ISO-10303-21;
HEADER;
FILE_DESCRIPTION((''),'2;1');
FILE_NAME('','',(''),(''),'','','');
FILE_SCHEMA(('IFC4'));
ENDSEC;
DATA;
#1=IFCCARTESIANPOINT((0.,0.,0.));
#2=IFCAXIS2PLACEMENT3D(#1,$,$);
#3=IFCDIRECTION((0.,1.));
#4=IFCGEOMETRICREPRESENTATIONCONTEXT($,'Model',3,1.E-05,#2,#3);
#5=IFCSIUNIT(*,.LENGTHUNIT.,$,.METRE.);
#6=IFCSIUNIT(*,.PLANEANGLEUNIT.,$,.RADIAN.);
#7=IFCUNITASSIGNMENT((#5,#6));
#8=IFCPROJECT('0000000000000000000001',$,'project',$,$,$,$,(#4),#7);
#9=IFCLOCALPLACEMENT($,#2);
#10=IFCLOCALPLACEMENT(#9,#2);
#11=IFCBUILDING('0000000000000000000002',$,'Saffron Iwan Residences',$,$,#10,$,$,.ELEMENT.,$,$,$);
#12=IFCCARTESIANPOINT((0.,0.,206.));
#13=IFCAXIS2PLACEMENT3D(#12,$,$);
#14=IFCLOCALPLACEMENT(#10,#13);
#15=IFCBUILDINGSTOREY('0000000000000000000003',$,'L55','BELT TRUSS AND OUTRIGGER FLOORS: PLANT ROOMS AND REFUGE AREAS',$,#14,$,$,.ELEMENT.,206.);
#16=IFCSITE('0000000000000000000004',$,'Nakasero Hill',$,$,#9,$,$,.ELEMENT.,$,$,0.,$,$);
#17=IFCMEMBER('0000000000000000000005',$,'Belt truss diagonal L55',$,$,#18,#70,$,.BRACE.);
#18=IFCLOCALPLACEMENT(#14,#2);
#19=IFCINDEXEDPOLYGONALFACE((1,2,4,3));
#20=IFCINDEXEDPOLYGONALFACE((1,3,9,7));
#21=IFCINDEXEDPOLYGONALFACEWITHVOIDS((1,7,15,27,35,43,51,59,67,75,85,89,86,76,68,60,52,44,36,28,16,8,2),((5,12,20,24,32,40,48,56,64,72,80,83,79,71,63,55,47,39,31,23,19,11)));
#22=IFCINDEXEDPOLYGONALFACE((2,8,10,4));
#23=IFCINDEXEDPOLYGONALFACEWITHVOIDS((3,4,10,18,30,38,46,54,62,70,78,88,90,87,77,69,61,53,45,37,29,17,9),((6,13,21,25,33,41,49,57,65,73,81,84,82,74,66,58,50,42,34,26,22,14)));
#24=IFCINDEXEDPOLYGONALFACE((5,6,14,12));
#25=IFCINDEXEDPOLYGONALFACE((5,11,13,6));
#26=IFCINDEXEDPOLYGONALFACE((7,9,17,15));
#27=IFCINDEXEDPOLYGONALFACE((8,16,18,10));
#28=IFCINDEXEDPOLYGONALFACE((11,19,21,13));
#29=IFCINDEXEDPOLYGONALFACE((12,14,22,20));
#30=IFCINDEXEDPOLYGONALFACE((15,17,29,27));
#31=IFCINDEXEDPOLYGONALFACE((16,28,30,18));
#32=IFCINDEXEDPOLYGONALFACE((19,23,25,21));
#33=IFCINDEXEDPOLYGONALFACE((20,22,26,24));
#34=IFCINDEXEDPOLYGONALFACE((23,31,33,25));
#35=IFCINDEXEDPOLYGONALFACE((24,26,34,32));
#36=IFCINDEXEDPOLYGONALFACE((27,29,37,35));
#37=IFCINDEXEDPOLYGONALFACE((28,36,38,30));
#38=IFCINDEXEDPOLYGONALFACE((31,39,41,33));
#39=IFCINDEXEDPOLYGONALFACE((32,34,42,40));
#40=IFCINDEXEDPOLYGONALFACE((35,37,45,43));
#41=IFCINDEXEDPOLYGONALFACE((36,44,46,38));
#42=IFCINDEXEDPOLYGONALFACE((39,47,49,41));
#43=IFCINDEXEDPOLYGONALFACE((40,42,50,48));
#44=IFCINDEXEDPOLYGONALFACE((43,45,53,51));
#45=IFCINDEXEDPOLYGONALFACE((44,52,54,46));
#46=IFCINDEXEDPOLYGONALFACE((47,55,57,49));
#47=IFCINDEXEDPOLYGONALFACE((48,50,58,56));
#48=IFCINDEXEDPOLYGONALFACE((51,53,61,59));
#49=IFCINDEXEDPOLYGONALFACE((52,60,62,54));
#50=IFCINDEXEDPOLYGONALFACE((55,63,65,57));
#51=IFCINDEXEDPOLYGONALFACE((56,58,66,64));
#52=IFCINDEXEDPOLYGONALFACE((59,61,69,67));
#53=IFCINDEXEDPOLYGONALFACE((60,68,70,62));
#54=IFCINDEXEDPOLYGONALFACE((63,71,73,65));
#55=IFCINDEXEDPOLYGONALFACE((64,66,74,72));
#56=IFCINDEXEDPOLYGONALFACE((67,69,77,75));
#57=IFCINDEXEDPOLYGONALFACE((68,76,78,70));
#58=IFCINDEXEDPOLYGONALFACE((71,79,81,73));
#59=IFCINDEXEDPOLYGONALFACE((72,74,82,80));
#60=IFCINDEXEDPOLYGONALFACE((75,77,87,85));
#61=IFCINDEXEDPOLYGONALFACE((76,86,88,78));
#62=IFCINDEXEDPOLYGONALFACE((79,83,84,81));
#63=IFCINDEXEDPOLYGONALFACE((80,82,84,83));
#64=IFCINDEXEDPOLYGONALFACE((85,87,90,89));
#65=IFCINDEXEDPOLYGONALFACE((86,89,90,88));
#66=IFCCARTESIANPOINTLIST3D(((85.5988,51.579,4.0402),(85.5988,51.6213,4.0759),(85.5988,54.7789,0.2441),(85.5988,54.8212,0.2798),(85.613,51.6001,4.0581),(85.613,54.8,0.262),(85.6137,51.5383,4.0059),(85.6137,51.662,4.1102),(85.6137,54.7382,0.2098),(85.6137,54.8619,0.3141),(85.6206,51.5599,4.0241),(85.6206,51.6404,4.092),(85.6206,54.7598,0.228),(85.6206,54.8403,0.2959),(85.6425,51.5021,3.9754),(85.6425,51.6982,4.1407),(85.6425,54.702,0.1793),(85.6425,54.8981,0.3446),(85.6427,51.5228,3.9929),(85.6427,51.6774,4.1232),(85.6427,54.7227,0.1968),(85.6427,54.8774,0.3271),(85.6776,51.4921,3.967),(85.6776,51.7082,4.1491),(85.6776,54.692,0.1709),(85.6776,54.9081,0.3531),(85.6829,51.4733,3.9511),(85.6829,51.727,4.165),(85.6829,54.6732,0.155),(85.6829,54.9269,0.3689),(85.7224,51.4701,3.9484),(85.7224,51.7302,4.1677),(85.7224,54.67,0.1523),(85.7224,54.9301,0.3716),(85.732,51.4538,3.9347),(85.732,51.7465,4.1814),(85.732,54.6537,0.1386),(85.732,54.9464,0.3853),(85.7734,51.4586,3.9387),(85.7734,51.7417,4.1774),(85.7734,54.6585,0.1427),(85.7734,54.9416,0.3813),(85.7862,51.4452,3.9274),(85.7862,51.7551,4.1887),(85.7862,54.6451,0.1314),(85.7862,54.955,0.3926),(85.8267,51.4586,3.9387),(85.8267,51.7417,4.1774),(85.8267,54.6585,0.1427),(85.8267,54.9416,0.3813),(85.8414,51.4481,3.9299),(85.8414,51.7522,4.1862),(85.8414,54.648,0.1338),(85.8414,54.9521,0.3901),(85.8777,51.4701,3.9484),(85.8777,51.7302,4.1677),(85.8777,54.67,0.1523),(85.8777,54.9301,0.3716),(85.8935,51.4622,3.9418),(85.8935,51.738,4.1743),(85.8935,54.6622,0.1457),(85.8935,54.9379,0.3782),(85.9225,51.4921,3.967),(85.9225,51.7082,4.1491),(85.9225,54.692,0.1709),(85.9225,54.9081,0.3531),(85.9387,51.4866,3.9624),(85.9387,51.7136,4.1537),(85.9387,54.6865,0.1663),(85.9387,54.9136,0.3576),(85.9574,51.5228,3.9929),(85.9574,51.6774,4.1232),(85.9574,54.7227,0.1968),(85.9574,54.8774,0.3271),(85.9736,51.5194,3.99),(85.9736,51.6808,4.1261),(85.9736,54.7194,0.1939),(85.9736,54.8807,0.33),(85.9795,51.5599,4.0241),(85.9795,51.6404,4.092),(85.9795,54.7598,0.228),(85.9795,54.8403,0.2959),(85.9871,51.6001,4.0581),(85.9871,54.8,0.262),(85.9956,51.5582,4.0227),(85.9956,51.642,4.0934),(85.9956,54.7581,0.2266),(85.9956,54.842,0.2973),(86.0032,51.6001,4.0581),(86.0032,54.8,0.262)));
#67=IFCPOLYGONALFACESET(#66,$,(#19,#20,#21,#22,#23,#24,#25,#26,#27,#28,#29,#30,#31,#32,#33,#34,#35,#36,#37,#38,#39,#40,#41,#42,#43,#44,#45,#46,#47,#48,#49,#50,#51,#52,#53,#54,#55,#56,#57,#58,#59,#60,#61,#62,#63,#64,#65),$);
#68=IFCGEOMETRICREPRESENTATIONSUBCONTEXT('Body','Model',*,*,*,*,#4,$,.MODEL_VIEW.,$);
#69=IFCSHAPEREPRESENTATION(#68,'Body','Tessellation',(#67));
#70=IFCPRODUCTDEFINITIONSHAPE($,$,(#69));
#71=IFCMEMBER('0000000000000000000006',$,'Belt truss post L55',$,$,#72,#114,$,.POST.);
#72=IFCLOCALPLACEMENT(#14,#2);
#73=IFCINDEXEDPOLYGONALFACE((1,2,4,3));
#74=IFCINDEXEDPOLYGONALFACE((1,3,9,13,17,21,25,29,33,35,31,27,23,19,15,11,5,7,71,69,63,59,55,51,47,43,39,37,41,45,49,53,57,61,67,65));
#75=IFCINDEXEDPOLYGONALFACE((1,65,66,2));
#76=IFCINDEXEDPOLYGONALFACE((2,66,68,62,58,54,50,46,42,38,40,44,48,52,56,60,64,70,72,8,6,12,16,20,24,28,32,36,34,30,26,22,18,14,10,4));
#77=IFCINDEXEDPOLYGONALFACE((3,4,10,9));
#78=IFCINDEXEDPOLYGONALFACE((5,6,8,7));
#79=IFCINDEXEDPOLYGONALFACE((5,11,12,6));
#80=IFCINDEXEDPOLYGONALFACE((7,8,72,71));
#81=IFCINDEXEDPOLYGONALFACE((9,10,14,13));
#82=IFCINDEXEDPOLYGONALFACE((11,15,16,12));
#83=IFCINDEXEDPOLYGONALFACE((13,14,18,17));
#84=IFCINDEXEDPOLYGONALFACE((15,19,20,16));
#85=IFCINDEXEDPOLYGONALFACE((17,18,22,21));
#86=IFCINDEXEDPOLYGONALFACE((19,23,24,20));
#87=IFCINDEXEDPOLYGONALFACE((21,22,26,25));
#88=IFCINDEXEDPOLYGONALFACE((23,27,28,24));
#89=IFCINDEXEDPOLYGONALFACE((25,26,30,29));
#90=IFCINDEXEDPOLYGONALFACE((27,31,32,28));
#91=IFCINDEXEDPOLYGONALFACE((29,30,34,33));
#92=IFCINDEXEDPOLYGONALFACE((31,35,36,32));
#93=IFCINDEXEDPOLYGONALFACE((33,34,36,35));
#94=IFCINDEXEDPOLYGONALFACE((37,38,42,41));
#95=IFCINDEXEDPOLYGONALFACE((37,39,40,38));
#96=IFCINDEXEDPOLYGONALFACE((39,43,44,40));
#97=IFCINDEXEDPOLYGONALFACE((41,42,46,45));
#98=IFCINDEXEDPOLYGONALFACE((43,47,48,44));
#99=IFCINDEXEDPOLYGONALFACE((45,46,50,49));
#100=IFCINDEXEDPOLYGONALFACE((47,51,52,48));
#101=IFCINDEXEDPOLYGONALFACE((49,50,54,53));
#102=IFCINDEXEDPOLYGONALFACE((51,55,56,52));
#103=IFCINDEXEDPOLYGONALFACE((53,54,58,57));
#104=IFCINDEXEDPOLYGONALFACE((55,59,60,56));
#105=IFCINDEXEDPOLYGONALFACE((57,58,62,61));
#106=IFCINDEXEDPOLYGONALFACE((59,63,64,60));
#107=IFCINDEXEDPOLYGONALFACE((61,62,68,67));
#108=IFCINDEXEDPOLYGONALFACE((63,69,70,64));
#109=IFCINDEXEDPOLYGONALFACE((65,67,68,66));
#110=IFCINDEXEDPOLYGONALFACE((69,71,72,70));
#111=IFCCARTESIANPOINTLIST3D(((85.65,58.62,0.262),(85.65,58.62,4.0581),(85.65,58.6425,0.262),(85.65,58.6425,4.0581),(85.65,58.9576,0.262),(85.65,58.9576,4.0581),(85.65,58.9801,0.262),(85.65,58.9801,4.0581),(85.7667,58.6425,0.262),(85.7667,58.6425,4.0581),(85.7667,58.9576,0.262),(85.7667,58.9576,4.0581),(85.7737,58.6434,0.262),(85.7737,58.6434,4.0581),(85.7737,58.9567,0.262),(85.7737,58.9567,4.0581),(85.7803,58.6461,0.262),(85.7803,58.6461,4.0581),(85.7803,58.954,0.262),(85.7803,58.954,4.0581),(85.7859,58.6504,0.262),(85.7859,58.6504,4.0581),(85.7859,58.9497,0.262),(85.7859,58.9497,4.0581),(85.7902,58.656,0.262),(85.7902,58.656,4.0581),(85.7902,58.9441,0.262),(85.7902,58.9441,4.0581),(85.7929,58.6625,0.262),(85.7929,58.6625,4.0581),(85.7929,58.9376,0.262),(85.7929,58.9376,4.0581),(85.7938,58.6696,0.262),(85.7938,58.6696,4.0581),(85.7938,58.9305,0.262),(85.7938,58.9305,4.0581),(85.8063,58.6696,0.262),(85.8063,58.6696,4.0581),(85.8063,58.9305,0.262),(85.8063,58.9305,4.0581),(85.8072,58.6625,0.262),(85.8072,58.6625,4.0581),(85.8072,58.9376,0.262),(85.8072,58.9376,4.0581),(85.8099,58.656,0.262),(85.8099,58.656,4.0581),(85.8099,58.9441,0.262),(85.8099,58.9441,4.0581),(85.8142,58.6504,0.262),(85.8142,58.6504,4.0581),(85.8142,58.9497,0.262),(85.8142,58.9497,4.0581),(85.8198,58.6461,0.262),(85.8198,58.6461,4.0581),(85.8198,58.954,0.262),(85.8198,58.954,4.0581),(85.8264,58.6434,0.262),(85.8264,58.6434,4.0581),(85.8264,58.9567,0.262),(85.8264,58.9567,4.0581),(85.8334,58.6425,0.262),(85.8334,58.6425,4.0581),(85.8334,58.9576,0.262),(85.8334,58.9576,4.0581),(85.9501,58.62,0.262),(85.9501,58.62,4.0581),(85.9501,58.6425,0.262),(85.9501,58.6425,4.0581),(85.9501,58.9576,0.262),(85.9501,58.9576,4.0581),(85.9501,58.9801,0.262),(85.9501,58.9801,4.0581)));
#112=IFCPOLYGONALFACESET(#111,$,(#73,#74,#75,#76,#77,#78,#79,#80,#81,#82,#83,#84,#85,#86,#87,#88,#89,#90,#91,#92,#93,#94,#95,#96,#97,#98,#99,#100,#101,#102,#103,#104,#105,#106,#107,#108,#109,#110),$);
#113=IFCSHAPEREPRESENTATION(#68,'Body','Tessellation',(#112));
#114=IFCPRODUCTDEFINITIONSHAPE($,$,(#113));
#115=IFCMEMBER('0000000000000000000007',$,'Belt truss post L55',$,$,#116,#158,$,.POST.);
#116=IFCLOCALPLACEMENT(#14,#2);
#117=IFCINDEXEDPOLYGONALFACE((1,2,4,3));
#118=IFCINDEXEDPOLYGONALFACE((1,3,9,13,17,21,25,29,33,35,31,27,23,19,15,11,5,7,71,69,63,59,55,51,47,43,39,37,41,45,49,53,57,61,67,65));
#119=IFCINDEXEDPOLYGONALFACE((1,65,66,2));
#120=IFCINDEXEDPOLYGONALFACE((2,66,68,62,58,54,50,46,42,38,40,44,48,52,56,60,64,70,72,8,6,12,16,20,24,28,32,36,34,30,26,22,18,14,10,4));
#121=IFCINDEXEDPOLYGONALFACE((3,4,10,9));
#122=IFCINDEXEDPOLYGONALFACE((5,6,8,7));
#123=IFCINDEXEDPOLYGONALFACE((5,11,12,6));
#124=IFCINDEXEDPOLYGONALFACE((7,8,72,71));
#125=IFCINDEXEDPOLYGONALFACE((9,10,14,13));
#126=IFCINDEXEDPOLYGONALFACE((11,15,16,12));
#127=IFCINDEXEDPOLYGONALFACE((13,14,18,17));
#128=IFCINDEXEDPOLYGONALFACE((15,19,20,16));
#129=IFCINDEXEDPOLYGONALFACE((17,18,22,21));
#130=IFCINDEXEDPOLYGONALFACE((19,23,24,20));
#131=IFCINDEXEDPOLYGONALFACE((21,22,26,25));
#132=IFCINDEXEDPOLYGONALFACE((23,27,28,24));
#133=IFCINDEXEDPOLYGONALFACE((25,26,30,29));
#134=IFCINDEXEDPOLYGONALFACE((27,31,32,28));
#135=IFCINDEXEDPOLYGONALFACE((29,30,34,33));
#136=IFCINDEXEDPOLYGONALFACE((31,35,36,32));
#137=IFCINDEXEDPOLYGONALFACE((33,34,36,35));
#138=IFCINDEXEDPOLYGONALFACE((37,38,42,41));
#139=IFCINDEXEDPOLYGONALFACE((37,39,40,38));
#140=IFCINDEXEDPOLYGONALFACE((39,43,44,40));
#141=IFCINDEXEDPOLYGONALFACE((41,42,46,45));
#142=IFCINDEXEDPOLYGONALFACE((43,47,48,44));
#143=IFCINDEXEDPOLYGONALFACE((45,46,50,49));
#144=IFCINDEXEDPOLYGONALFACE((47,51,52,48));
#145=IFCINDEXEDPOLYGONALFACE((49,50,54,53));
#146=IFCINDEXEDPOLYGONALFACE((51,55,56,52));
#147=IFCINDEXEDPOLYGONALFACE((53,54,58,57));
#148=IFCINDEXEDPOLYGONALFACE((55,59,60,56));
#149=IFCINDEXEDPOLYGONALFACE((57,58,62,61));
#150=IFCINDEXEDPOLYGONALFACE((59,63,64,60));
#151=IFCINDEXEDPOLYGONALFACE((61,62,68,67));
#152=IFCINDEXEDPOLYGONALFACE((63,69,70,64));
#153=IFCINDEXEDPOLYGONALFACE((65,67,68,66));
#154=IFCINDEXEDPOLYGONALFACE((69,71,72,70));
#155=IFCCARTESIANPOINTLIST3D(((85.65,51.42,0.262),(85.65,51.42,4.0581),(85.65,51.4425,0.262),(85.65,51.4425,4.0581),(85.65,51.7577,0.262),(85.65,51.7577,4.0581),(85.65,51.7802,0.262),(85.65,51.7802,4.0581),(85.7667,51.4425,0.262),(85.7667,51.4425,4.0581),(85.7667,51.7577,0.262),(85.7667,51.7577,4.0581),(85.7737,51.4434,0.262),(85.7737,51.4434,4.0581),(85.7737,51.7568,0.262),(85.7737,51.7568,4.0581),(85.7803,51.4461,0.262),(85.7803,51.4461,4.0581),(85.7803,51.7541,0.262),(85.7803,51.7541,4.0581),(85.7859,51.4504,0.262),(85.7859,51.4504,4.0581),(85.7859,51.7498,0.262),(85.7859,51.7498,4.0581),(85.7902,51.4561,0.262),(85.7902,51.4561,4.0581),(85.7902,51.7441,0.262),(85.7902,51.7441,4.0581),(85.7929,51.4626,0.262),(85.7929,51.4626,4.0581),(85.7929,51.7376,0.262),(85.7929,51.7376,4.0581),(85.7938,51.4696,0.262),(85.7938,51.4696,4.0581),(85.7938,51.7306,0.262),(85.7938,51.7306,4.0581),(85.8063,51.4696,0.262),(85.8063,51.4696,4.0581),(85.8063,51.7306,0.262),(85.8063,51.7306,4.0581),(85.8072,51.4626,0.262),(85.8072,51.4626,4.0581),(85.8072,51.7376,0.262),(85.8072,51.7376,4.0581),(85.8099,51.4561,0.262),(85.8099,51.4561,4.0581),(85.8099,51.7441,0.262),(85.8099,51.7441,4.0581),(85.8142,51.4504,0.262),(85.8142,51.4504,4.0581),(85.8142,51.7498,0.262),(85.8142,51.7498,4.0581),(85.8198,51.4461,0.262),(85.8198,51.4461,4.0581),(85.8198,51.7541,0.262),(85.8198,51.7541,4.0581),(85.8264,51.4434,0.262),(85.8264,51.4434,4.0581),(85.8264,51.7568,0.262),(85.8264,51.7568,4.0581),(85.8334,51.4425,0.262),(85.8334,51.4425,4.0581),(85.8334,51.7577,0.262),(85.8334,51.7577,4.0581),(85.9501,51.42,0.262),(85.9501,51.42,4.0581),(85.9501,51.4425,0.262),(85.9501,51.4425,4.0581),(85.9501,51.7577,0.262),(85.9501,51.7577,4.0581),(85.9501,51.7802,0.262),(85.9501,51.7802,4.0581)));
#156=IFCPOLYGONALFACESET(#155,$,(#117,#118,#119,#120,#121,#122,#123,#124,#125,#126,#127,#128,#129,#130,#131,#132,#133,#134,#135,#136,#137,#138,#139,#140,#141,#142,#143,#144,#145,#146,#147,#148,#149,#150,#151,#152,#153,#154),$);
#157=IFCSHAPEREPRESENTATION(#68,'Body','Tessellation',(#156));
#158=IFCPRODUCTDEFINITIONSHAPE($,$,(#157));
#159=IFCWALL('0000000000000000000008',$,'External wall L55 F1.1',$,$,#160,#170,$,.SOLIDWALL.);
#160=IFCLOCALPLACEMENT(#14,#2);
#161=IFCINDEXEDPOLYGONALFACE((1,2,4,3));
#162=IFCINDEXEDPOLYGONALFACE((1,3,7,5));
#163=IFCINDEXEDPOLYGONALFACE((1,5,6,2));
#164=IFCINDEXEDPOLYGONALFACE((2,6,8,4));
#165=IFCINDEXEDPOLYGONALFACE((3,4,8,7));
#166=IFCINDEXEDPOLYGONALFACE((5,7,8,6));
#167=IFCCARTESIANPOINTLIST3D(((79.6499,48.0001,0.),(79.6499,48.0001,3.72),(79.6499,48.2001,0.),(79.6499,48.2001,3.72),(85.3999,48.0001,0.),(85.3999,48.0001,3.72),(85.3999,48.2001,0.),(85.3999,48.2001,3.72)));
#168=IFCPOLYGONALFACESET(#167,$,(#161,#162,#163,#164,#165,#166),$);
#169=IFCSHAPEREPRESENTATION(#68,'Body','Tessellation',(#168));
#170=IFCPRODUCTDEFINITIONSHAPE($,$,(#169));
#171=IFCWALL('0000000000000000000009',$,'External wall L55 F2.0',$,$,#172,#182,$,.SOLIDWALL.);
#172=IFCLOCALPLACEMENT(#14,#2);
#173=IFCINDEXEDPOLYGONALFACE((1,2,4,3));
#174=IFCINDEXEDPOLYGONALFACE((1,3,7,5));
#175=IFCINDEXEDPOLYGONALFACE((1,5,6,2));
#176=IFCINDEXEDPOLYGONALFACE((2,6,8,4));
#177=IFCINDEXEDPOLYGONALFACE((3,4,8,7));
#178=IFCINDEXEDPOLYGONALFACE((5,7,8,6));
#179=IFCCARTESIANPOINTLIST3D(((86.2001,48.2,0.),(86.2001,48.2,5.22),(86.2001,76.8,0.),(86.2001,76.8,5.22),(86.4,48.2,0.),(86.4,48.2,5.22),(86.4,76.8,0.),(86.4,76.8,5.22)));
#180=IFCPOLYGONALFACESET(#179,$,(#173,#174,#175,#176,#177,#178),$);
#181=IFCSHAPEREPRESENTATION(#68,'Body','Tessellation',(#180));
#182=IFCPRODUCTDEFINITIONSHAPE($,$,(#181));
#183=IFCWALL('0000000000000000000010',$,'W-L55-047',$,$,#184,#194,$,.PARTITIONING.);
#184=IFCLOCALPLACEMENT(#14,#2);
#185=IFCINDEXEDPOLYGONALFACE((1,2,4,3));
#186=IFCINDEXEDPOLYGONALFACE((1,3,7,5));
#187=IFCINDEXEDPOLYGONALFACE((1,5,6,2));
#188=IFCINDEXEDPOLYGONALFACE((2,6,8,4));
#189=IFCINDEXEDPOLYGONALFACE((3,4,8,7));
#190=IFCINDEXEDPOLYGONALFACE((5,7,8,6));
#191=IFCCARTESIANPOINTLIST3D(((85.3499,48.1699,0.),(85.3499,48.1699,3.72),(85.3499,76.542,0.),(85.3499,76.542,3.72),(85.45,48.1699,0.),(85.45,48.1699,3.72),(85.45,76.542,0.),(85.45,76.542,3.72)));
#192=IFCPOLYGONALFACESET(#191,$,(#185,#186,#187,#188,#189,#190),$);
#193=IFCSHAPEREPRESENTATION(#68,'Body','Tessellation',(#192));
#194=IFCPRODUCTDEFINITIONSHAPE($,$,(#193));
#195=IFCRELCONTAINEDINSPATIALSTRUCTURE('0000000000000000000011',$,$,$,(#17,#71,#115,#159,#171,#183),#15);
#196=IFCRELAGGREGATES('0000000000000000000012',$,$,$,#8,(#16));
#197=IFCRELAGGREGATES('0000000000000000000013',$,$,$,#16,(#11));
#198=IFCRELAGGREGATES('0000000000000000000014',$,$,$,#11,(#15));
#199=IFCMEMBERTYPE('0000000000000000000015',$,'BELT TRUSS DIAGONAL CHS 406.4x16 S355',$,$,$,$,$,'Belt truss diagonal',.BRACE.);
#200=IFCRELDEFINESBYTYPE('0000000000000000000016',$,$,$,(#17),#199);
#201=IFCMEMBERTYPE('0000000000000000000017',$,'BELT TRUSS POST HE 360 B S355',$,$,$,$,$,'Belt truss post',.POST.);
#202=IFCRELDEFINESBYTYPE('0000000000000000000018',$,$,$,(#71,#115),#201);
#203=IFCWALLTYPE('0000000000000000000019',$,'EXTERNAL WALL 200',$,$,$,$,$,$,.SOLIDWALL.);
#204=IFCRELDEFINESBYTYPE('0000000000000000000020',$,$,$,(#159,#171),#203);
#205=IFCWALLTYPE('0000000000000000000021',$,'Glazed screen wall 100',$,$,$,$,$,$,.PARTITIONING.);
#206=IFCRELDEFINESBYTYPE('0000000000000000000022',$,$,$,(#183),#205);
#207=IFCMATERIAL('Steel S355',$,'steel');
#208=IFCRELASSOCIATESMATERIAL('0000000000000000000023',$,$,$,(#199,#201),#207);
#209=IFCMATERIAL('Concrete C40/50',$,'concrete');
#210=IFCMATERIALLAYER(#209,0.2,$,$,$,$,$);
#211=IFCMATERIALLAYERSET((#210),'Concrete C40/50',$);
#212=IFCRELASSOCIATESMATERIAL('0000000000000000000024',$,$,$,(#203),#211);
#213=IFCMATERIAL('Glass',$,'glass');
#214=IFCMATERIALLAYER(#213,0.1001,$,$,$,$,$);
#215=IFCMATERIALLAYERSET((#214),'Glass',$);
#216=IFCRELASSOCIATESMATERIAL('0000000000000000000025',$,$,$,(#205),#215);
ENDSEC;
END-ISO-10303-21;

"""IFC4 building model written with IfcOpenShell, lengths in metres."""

from ifc_helpers import new_model, si_unit, direction, frame, frame_2d, origin, origin_2d, place, context, subcontext, project, spatial, rectangle, hollow_circle, i_section, extrude, source, transform, mapped, material, layer, layer_set, material_profile, profile_set, type_object, element, save


model = new_model("IFC4")

# Units and contexts
model_context = context("Model", 3, precision=1e-05, world=origin(), true_north=direction((0.0, 1.0)))
body_context = subcontext(model_context, "Body", "Model", "MODEL_VIEW")
ifc_project = project(units=[si_unit("LENGTHUNIT", "METRE"), si_unit("PLANEANGLEUNIT", "RADIAN")], contexts=[model_context])

# Site, building, storey
site_placement = place(None, origin())
site = spatial("IfcSite", under=ifc_project, at=site_placement, Name="Nakasero Hill", CompositionType="ELEMENT", RefElevation=0.0)
building_placement = place(site_placement, origin())
building = spatial("IfcBuilding", under=site, at=building_placement, Name="Saffron Iwan Residences", CompositionType="ELEMENT")
storey_placement = place(building_placement, frame((0.0, 0.0, 206.0)))
storey = spatial("IfcBuildingStorey", under=building, at=storey_placement, Name="L55", Description="BELT TRUSS AND OUTRIGGER FLOORS: PLANT ROOMS AND REFUGE AREAS", CompositionType="ELEMENT", Elevation=206.0)

# Members
ifc_material_1 = material(Name="Steel S355", Category="steel")
ifc_material_profile_1 = material_profile(ifc_material_1, hollow_circle(Radius=0.2031, WallThickness=0.0161, at=origin_2d()), Name="CHS 406.4x16")
ifc_profile_set_1 = profile_set([ifc_material_profile_1], Name="Steel S355")
member_type_1 = type_object("IfcMemberType", Name="BELT TRUSS DIAGONAL CHS 406.4x16 S355", ElementType="Belt truss diagonal", PredefinedType="BRACE", material=ifc_profile_set_1)
shared_shape_1 = source(origin(), body_context, "Body", "SweptSolid", [
    extrude(hollow_circle(Radius=0.2031, WallThickness=0.0161, at=origin_2d()), origin(), (0.0, 0.0, 1.0), 4.9648),
])
for number, where, z_axis, x_axis, name in (
    (1, (85.8, 54.8, 0.262), (0.0, -0.644513, 0.764594), (1.0, 0.0, 0.0), "Belt truss diagonal L55"),
):
    element("IfcMember", number, at=place(storey_placement, frame(where, z_axis=z_axis, x_axis=x_axis)), inside=storey, type_object=member_type_1, Name=name, PredefinedType="BRACE", context=body_context, shape_type="MappedRepresentation", body=[
        mapped(shared_shape_1, transform((0.0, 0.0, 0.0))),
    ])
ifc_material_profile_2 = material_profile(ifc_material_1, i_section(OverallWidth=0.3, OverallDepth=0.3601, WebThickness=0.0125, FlangeThickness=0.0225, FilletRadius=0.0271, at=origin_2d()), Name="HE 360 B")
ifc_profile_set_2 = profile_set([ifc_material_profile_2], Name="Steel S355")
member_type_2 = type_object("IfcMemberType", Name="BELT TRUSS POST HE 360 B S355", ElementType="Belt truss post", PredefinedType="POST", material=ifc_profile_set_2)
shared_shape_2 = source(origin(), body_context, "Body", "SweptSolid", [
    extrude(i_section(OverallWidth=0.3, OverallDepth=0.3601, WebThickness=0.0125, FlangeThickness=0.0225, FilletRadius=0.0271, at=origin_2d()), origin(), (0.0, 0.0, 1.0), 3.7961),
])
for number, where, z_axis, x_axis, name in (
    (2, (85.8, 58.8, 0.262), (0.0, 0.0, 1.0), (1.0, 0.0, 0.0), "Belt truss post L55"),
    (3, (85.8, 51.6001, 0.262), (0.0, 0.0, 1.0), (1.0, 0.0, 0.0), "Belt truss post L55"),
):
    element("IfcMember", number, at=place(storey_placement, frame(where, z_axis=z_axis, x_axis=x_axis)), inside=storey, type_object=member_type_2, Name=name, PredefinedType="POST", context=body_context, shape_type="MappedRepresentation", body=[
        mapped(shared_shape_2, transform((0.0, 0.0, 0.0))),
    ])

# Walls
ifc_material_2 = material(Name="Concrete C40/50", Category="concrete")
ifc_layer_1 = layer(ifc_material_2, 0.2)
ifc_layer_set_1 = layer_set([ifc_layer_1], Name="Concrete C40/50")
wall_type_1 = type_object("IfcWallType", Name="EXTERNAL WALL 200", PredefinedType="SOLIDWALL", material=ifc_layer_set_1)
wall_1_placement = place(storey_placement, frame((79.6499, 48.1001, 0.0), z_axis=(0.0, 0.0, 1.0), x_axis=(1.0, 0.0, 0.0)))
element("IfcWall", 4, at=wall_1_placement, inside=storey, type_object=wall_type_1, Name="External wall L55 F1.1", PredefinedType="SOLIDWALL", context=body_context, shape_type="SweptSolid", body=[
    extrude(rectangle(XDim=5.75, YDim=0.2, at=frame_2d((2.875, 0.0))), origin(), (0.0, 0.0, 1.0), 3.72),
])
wall_2_placement = place(storey_placement, frame((86.3, 48.2, 0.0), z_axis=(0.0, 0.0, 1.0), x_axis=(0.0, 1.0, 0.0)))
element("IfcWall", 5, at=wall_2_placement, inside=storey, type_object=wall_type_1, Name="External wall L55 F2.0", PredefinedType="SOLIDWALL", context=body_context, shape_type="SweptSolid", body=[
    extrude(rectangle(XDim=28.6001, YDim=0.2, at=frame_2d((14.3, 0.0))), origin(), (0.0, 0.0, 1.0), 5.22),
])
ifc_material_3 = material(Name="Glass", Category="glass")
ifc_layer_2 = layer(ifc_material_3, 0.1001)
ifc_layer_set_2 = layer_set([ifc_layer_2], Name="Glass")
wall_type_2 = type_object("IfcWallType", Name="Glazed screen wall 100", PredefinedType="PARTITIONING", material=ifc_layer_set_2)
wall_3_placement = place(storey_placement, frame((85.3999, 48.1699, 0.0), z_axis=(0.0, 0.0, 1.0), x_axis=(0.0, 1.0, 0.0)))
element("IfcWall", 6, at=wall_3_placement, inside=storey, type_object=wall_type_2, Name="W-L55-047", PredefinedType="PARTITIONING", context=body_context, shape_type="SweptSolid", body=[
    extrude(rectangle(XDim=28.3721, YDim=0.1001, at=frame_2d((14.186, 0.0))), origin(), (0.0, 0.0, 1.0), 3.72),
])

save(model, "model.ifc")
